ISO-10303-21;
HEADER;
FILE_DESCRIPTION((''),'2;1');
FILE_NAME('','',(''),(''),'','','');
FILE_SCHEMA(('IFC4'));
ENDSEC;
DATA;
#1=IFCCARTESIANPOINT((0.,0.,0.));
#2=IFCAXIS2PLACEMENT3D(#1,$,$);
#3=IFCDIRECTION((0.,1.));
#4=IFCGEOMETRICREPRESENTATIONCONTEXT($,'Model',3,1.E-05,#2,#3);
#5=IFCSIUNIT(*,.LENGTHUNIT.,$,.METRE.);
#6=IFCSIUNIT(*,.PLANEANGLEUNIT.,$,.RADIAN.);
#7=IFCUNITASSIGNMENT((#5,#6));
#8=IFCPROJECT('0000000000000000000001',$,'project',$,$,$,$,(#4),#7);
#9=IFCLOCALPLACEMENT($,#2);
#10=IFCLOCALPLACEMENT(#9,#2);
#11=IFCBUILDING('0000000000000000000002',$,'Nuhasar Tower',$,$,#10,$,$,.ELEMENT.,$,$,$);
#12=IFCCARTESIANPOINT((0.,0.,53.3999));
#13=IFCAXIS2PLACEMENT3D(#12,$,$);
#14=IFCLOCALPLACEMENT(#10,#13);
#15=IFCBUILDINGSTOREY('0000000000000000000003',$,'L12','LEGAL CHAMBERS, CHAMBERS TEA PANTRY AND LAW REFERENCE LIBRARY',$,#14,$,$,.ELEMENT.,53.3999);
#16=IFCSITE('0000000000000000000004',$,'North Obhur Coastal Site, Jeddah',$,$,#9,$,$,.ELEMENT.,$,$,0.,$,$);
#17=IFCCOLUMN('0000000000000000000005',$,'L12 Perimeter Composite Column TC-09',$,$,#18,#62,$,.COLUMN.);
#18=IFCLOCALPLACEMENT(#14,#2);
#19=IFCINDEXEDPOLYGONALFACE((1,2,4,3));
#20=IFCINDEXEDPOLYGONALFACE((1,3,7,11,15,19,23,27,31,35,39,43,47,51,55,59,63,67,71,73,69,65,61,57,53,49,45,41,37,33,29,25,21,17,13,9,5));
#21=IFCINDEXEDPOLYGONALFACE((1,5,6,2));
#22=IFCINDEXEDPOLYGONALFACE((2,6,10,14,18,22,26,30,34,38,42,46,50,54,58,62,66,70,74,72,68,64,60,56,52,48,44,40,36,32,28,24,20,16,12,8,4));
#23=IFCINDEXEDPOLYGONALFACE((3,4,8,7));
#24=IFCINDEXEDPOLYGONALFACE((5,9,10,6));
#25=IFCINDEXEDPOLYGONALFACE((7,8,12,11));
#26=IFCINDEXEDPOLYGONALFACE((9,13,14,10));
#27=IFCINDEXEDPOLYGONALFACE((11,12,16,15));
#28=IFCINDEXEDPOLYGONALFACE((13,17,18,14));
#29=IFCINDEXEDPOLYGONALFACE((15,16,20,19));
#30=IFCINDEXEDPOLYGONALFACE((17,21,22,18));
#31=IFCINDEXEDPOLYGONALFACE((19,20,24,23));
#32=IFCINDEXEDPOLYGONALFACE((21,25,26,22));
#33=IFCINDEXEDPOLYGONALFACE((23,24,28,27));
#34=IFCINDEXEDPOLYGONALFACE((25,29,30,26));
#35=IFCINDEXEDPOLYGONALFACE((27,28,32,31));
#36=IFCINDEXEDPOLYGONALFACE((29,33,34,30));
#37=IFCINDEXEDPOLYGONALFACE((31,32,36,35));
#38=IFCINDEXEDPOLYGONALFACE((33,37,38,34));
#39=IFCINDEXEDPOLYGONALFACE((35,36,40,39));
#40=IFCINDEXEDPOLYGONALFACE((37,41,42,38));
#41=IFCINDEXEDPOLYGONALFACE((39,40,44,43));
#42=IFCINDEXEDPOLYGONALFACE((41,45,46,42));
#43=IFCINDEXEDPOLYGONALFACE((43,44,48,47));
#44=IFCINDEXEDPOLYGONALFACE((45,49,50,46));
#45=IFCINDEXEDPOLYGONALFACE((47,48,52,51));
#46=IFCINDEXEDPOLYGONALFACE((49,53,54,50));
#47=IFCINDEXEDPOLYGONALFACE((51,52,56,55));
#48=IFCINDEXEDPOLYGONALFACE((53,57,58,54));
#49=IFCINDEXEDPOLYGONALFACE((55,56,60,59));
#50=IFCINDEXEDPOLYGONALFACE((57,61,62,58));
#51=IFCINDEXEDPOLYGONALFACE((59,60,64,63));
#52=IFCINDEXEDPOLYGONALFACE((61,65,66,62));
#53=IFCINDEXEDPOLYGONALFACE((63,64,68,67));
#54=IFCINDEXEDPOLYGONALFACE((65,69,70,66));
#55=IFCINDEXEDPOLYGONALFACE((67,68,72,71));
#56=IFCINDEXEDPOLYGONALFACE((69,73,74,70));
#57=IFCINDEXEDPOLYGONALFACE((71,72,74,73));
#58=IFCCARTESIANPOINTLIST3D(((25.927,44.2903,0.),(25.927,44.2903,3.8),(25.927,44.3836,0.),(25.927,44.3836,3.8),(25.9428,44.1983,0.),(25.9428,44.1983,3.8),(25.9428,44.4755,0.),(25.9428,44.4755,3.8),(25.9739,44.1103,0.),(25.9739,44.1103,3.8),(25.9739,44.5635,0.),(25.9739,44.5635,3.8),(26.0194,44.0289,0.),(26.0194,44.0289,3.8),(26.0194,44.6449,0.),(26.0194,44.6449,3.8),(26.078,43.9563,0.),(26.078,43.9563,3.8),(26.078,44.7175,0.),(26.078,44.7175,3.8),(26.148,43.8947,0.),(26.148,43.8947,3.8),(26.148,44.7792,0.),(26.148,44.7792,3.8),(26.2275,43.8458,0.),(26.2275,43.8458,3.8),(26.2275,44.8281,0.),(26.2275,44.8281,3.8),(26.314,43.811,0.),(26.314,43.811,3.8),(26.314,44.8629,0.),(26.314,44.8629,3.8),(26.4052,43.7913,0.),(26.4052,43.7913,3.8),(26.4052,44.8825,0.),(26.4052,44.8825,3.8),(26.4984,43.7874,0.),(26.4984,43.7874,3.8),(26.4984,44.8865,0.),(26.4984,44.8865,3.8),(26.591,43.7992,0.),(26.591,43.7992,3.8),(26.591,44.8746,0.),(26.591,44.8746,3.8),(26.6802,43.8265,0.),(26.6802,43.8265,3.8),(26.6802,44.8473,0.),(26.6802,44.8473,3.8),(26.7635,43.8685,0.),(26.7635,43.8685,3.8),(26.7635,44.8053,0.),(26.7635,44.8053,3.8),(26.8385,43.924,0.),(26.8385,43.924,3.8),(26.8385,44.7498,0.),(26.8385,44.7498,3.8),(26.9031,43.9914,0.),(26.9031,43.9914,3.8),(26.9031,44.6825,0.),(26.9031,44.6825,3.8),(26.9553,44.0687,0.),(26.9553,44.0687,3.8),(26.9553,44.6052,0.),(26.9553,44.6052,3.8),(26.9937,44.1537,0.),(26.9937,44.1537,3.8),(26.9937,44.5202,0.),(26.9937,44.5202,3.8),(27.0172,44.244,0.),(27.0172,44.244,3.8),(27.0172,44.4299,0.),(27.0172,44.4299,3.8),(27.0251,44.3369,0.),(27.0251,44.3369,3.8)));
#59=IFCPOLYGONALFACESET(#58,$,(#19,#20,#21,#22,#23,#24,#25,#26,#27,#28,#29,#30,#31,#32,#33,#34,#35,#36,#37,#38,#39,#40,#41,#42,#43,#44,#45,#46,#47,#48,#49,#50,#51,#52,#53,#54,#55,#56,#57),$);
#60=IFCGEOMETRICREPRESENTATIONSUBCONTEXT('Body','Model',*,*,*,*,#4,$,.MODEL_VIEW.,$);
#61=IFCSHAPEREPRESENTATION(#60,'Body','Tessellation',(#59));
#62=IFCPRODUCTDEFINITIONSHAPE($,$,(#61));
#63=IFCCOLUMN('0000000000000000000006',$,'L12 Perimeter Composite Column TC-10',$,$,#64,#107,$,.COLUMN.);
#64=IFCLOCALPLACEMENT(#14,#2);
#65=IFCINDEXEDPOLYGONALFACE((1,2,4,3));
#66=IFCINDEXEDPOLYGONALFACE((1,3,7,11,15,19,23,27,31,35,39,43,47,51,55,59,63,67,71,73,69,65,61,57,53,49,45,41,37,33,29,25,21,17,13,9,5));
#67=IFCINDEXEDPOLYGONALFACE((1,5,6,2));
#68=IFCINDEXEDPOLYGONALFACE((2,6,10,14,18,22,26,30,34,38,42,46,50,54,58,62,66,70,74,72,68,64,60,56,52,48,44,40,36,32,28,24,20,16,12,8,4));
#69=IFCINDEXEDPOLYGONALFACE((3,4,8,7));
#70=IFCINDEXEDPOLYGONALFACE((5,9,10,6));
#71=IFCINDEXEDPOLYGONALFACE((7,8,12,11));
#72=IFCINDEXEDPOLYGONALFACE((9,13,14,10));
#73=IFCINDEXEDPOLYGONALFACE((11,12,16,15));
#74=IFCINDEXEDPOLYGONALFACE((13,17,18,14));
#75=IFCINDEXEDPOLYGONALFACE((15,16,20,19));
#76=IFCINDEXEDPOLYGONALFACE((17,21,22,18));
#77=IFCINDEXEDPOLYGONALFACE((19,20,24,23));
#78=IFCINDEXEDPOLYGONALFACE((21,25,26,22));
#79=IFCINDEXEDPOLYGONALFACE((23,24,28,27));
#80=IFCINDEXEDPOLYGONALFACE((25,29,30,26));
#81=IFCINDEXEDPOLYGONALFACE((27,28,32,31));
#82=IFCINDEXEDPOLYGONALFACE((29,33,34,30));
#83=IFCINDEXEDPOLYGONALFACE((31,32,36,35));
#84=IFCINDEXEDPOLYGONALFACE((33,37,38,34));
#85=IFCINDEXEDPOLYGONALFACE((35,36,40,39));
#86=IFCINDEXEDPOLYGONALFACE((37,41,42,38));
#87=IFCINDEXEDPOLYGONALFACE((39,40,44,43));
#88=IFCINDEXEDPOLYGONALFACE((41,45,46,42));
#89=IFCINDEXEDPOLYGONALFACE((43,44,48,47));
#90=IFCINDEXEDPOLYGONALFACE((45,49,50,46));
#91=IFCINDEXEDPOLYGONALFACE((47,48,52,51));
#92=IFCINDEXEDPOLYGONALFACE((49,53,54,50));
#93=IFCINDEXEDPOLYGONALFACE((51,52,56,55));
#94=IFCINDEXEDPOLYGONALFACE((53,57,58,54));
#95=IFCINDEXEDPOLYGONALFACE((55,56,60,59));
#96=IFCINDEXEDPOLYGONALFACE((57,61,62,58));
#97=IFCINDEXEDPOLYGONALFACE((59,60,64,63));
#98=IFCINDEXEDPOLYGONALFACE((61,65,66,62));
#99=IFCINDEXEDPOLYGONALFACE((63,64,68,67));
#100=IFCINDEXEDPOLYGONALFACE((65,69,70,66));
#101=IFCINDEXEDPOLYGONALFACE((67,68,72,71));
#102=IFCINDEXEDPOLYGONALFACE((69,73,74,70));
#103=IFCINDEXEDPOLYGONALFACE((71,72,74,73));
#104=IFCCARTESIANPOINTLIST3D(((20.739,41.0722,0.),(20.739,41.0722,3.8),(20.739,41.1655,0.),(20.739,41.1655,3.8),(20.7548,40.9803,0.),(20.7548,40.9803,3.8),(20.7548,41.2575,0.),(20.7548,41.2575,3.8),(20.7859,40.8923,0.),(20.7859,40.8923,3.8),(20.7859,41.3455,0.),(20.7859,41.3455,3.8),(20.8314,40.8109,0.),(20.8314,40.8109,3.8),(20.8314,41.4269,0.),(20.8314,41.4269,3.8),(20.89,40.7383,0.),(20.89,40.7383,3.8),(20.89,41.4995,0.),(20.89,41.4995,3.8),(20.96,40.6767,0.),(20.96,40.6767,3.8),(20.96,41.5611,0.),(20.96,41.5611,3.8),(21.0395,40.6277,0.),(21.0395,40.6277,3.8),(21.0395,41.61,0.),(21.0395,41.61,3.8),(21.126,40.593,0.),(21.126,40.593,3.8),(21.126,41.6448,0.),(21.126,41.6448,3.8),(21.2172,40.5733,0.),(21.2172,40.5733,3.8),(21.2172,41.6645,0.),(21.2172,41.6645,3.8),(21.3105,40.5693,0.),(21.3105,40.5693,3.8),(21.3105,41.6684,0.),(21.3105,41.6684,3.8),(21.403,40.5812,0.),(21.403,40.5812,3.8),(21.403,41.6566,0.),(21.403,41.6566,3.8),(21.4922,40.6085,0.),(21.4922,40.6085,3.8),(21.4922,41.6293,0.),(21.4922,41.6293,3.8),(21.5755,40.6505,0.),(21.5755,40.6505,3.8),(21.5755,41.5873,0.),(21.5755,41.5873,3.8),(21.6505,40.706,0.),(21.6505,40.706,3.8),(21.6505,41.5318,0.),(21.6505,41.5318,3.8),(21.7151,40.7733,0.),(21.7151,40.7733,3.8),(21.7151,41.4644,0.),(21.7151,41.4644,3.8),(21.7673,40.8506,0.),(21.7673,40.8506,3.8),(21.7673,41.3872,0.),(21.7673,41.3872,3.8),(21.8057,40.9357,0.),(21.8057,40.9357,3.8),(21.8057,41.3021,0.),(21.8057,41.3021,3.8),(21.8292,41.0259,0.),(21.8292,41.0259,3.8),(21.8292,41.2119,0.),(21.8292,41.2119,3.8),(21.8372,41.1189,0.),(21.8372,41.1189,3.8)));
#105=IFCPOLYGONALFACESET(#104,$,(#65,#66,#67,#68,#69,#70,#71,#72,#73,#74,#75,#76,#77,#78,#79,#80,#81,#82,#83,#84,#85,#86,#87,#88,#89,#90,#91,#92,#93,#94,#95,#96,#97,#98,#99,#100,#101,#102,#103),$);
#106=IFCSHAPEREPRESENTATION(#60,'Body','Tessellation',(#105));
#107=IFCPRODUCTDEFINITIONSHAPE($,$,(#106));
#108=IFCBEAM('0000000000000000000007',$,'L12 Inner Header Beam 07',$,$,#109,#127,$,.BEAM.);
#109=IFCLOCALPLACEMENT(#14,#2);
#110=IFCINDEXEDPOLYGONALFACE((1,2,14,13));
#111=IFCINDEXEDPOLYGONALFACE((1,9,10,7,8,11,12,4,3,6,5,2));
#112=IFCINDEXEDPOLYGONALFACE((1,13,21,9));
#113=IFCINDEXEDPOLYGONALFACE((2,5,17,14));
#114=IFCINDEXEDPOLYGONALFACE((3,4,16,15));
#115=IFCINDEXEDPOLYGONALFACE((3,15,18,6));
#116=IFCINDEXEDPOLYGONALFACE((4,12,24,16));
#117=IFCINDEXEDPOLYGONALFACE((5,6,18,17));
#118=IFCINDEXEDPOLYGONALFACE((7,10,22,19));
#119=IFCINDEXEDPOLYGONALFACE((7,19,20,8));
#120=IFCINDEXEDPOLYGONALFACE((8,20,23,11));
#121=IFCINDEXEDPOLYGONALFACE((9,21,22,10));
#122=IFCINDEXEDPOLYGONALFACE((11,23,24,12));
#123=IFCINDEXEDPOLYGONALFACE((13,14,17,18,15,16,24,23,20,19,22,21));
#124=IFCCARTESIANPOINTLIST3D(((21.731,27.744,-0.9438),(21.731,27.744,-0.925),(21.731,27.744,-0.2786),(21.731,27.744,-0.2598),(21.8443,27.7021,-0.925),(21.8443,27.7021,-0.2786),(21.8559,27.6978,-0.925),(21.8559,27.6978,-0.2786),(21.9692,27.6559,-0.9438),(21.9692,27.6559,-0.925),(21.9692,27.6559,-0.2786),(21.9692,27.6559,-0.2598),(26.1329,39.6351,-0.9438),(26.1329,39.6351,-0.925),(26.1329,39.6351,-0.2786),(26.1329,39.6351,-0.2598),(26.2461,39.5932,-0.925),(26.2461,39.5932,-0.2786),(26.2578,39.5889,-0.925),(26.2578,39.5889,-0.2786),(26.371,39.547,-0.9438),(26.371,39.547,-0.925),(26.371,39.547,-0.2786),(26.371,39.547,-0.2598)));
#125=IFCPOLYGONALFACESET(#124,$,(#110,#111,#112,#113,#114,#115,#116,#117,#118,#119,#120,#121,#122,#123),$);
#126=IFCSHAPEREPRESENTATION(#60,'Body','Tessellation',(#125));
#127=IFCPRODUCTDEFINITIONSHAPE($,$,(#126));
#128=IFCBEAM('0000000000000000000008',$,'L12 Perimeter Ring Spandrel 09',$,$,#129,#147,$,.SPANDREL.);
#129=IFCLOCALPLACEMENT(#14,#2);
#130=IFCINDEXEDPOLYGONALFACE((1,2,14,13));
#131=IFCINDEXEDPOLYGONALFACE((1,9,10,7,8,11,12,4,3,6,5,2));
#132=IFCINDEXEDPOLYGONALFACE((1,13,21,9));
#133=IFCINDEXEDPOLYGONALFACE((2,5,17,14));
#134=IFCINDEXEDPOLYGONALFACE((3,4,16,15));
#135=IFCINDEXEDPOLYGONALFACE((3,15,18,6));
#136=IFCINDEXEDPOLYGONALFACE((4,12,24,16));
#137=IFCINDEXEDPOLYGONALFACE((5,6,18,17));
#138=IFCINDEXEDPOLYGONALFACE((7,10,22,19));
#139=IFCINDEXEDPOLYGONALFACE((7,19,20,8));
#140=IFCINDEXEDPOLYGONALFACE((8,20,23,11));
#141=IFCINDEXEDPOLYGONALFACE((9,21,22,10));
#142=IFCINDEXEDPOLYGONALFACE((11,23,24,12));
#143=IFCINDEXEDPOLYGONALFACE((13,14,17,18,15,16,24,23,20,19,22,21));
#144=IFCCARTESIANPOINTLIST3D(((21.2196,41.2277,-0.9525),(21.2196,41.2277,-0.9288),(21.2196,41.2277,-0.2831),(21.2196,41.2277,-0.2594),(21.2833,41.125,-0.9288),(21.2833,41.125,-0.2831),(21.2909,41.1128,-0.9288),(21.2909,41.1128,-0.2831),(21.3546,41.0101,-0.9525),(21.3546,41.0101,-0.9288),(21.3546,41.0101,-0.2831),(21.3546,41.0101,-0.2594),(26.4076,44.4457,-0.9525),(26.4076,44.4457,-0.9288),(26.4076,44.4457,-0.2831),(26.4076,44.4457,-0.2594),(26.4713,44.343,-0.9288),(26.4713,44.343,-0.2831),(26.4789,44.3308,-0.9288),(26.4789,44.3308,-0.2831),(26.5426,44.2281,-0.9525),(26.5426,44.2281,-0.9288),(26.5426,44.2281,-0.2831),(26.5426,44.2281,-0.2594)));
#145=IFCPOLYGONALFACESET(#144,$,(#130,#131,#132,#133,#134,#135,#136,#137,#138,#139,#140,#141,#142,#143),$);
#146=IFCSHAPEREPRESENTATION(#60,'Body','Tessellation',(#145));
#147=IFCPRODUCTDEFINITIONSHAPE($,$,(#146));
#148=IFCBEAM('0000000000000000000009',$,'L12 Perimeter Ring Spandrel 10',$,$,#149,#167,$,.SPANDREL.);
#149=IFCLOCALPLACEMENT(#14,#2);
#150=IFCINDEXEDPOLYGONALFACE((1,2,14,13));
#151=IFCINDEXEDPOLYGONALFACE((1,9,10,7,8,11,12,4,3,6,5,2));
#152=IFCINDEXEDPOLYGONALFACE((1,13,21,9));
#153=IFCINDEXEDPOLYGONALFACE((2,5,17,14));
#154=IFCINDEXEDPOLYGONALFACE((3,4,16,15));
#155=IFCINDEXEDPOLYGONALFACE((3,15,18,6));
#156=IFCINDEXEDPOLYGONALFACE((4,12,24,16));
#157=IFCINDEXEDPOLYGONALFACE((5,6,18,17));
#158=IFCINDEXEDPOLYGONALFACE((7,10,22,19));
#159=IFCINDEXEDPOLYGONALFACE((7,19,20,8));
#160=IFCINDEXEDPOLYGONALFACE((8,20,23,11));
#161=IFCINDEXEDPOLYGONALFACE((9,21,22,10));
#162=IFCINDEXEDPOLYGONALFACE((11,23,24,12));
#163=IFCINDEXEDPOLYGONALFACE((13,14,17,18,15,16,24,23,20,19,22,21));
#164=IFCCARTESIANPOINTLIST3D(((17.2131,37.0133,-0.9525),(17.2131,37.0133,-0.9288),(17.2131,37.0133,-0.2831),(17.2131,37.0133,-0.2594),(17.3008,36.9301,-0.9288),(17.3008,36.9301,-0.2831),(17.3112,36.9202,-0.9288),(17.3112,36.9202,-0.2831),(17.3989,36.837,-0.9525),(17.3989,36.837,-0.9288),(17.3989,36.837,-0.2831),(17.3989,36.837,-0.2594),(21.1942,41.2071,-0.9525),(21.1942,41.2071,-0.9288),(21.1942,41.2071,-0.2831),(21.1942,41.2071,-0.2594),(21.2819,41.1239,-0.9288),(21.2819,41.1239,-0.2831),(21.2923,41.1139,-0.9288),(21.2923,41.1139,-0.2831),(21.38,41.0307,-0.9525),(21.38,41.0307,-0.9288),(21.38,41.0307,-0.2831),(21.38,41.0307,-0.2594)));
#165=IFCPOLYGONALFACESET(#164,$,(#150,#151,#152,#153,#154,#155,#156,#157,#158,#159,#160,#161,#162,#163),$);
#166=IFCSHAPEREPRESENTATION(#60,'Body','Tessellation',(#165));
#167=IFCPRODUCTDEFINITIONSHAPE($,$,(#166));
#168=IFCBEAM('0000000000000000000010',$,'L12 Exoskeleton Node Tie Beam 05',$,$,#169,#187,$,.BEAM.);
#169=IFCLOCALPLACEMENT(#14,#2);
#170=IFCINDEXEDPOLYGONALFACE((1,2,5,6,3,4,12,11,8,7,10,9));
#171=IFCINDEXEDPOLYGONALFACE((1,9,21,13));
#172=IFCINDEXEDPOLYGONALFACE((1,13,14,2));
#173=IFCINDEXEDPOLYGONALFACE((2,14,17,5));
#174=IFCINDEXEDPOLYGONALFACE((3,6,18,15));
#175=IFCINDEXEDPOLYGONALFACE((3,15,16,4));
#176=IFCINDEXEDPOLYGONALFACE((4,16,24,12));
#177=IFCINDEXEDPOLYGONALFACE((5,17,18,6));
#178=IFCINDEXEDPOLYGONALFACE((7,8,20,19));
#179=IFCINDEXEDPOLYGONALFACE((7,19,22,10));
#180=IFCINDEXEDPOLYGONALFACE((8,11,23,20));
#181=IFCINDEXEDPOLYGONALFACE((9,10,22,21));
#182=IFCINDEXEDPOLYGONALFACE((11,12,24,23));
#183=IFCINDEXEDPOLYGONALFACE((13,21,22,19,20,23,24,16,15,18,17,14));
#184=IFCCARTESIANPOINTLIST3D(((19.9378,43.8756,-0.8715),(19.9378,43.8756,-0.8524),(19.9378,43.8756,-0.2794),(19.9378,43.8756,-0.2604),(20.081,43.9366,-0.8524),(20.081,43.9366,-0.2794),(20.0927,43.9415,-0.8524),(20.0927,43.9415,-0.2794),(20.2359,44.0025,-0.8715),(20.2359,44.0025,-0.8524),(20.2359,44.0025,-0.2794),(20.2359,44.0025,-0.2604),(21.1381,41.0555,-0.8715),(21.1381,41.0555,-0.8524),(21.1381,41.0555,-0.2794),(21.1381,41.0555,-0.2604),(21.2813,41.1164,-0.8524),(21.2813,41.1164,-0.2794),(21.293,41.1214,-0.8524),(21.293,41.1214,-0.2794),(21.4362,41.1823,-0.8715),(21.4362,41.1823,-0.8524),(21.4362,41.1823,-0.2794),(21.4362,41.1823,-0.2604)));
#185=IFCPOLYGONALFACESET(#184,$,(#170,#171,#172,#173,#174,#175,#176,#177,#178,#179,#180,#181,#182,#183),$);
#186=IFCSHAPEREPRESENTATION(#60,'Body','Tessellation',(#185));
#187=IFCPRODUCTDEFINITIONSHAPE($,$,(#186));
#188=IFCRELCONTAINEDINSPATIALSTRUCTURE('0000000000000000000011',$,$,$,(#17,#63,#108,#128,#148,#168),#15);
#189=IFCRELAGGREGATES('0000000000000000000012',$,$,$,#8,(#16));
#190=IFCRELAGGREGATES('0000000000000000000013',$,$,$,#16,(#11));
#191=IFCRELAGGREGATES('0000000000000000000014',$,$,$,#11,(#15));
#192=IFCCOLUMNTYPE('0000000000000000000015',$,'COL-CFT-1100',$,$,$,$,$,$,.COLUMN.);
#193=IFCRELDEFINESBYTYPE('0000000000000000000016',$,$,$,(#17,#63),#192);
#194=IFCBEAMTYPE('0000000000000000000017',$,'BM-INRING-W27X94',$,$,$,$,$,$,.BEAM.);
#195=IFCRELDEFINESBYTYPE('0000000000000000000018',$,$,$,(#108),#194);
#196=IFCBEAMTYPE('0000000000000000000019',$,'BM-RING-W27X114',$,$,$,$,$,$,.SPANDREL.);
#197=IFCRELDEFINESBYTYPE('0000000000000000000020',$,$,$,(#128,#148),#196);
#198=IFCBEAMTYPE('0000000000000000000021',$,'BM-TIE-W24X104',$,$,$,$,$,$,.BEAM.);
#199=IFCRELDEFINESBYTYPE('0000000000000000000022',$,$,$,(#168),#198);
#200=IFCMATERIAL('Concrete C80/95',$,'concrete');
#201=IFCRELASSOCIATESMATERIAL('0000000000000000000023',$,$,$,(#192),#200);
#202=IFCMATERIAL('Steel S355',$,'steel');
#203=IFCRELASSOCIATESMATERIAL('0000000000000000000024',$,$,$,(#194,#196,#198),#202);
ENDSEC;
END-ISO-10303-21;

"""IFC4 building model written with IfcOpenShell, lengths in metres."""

from ifc_helpers import new_model, si_unit, direction, frame, origin, origin_2d, place, context, subcontext, project, spatial, circle, i_section, extrude, material, material_profile, profile_set, type_object, element, save


model = new_model("IFC4")

# Units and contexts
model_context = context("Model", 3, precision=1e-05, world=origin(), true_north=direction((0.0, 1.0)))
body_context = subcontext(model_context, "Body", "Model", "MODEL_VIEW")
ifc_project = project(units=[si_unit("LENGTHUNIT", "METRE"), si_unit("PLANEANGLEUNIT", "RADIAN")], contexts=[model_context])

# Site, building, storey
site_placement = place(None, origin())
site = spatial("IfcSite", under=ifc_project, at=site_placement, Name="North Obhur Coastal Site, Jeddah", CompositionType="ELEMENT", RefElevation=0.0)
building_placement = place(site_placement, origin())
building = spatial("IfcBuilding", under=site, at=building_placement, Name="Nuhasar Tower", CompositionType="ELEMENT")
storey_placement = place(building_placement, frame((0.0, 0.0, 53.3999)))
storey = spatial("IfcBuildingStorey", under=building, at=storey_placement, Name="L12", Description="LEGAL CHAMBERS, CHAMBERS TEA PANTRY AND LAW REFERENCE LIBRARY", CompositionType="ELEMENT", Elevation=53.3999)

# Columns
ifc_material_1 = material(Name="Concrete C80/95", Category="concrete")
ifc_material_profile_1 = material_profile(ifc_material_1, circle(Radius=0.55, at=origin_2d()), Name="CFT1100")
ifc_profile_set_1 = profile_set([ifc_material_profile_1], Name="Concrete C80/95")
column_type = type_object("IfcColumnType", Name="COL-CFT-1100", PredefinedType="COLUMN", material=ifc_profile_set_1)
for number, where, z_axis, x_axis, name in (
    (1, (26.4751, 44.3369, 0.0), (0.0, 0.0, 1.0), (1.0, 0.0, 0.0), "L12 Perimeter Composite Column TC-09"),
    (2, (21.2871, 41.1189, 0.0), (0.0, 0.0, 1.0), (1.0, 0.0, 0.0), "L12 Perimeter Composite Column TC-10"),
):
    element("IfcColumn", number, at=place(storey_placement, frame(where, z_axis=z_axis, x_axis=x_axis)), inside=storey, type_object=column_type, Name=name, PredefinedType="COLUMN", context=body_context, shape_type="SweptSolid", body=[
        extrude(circle(Radius=0.55, at=origin_2d()), origin(), (0.0, 0.0, 1.0), 3.8),
    ])

# Beams
ifc_material_2 = material(Name="Steel S355", Category="steel")
ifc_material_profile_2 = material_profile(ifc_material_2, i_section(OverallWidth=0.2539, OverallDepth=0.6841, WebThickness=0.0125, FlangeThickness=0.0188, at=origin_2d()), Name="W27X94")
ifc_profile_set_2 = profile_set([ifc_material_profile_2], Name="Steel S355")
beam_type_1 = type_object("IfcBeamType", Name="BM-INRING-W27X94", PredefinedType="BEAM", material=ifc_profile_set_2)
beam_1_placement = place(storey_placement, frame((26.252, 39.5911, -0.6018), z_axis=(-0.347158, -0.937807, 0.0), x_axis=(0.937807, -0.347158, 0.0)))
element("IfcBeam", 3, at=beam_1_placement, inside=storey, type_object=beam_type_1, Name="L12 Inner Header Beam 07", PredefinedType="BEAM", context=body_context, shape_type="SweptSolid", body=[
    extrude(i_section(OverallWidth=0.2539, OverallDepth=0.6841, WebThickness=0.0125, FlangeThickness=0.0188, at=origin_2d()), origin(), (0.0, 0.0, 1.0), 12.6797),
])
ifc_material_profile_3 = material_profile(ifc_material_2, i_section(OverallWidth=0.2561, OverallDepth=0.6931, WebThickness=0.0144, FlangeThickness=0.0237, at=origin_2d()), Name="W27X114")
ifc_profile_set_3 = profile_set([ifc_material_profile_3], Name="Steel S355")
beam_type_2 = type_object("IfcBeamType", Name="BM-RING-W27X114", PredefinedType="SPANDREL", material=ifc_profile_set_3)
beam_2_placement = place(storey_placement, frame((26.4751, 44.3369, -0.606), z_axis=(-0.849795, -0.527113, 0.0), x_axis=(0.527113, -0.849795, 0.0)))
element("IfcBeam", 4, at=beam_2_placement, inside=storey, type_object=beam_type_2, Name="L12 Perimeter Ring Spandrel 09", PredefinedType="SPANDREL", context=body_context, shape_type="SweptSolid", body=[
    extrude(i_section(OverallWidth=0.2561, OverallDepth=0.6931, WebThickness=0.0144, FlangeThickness=0.0237, at=origin_2d()), origin(), (0.0, 0.0, 1.0), 6.105),
])
beam_3_placement = place(storey_placement, frame((21.2871, 41.1189, -0.606), z_axis=(-0.688481, -0.725254, 0.0), x_axis=(0.725254, -0.688481, 0.0)))
element("IfcBeam", 5, at=beam_3_placement, inside=storey, type_object=beam_type_2, Name="L12 Perimeter Ring Spandrel 10", PredefinedType="SPANDREL", context=body_context, shape_type="SweptSolid", body=[
    extrude(i_section(OverallWidth=0.2561, OverallDepth=0.6931, WebThickness=0.0144, FlangeThickness=0.0237, at=origin_2d()), origin(), (0.0, 0.0, 1.0), 5.7825),
])
ifc_material_profile_4 = material_profile(ifc_material_2, i_section(OverallWidth=0.324, OverallDepth=0.6111, WebThickness=0.0127, FlangeThickness=0.019, at=origin_2d()), Name="W24X104")
ifc_profile_set_4 = profile_set([ifc_material_profile_4], Name="Steel S355")
beam_type_3 = type_object("IfcBeamType", Name="BM-TIE-W24X104", PredefinedType="BEAM", material=ifc_profile_set_4)
beam_4_placement = place(storey_placement, frame((21.2871, 41.1189, -0.5659), z_axis=(-0.391601, 0.920135, 0.0), x_axis=(-0.920135, -0.391601, 0.0)))
element("IfcBeam", 6, at=beam_4_placement, inside=storey, type_object=beam_type_3, Name="L12 Exoskeleton Node Tie Beam 05", PredefinedType="BEAM", context=body_context, shape_type="SweptSolid", body=[
    extrude(i_section(OverallWidth=0.324, OverallDepth=0.6111, WebThickness=0.0127, FlangeThickness=0.019, at=origin_2d()), origin(), (0.0, 0.0, 1.0), 3.0649),
])

save(model, "model.ifc")
